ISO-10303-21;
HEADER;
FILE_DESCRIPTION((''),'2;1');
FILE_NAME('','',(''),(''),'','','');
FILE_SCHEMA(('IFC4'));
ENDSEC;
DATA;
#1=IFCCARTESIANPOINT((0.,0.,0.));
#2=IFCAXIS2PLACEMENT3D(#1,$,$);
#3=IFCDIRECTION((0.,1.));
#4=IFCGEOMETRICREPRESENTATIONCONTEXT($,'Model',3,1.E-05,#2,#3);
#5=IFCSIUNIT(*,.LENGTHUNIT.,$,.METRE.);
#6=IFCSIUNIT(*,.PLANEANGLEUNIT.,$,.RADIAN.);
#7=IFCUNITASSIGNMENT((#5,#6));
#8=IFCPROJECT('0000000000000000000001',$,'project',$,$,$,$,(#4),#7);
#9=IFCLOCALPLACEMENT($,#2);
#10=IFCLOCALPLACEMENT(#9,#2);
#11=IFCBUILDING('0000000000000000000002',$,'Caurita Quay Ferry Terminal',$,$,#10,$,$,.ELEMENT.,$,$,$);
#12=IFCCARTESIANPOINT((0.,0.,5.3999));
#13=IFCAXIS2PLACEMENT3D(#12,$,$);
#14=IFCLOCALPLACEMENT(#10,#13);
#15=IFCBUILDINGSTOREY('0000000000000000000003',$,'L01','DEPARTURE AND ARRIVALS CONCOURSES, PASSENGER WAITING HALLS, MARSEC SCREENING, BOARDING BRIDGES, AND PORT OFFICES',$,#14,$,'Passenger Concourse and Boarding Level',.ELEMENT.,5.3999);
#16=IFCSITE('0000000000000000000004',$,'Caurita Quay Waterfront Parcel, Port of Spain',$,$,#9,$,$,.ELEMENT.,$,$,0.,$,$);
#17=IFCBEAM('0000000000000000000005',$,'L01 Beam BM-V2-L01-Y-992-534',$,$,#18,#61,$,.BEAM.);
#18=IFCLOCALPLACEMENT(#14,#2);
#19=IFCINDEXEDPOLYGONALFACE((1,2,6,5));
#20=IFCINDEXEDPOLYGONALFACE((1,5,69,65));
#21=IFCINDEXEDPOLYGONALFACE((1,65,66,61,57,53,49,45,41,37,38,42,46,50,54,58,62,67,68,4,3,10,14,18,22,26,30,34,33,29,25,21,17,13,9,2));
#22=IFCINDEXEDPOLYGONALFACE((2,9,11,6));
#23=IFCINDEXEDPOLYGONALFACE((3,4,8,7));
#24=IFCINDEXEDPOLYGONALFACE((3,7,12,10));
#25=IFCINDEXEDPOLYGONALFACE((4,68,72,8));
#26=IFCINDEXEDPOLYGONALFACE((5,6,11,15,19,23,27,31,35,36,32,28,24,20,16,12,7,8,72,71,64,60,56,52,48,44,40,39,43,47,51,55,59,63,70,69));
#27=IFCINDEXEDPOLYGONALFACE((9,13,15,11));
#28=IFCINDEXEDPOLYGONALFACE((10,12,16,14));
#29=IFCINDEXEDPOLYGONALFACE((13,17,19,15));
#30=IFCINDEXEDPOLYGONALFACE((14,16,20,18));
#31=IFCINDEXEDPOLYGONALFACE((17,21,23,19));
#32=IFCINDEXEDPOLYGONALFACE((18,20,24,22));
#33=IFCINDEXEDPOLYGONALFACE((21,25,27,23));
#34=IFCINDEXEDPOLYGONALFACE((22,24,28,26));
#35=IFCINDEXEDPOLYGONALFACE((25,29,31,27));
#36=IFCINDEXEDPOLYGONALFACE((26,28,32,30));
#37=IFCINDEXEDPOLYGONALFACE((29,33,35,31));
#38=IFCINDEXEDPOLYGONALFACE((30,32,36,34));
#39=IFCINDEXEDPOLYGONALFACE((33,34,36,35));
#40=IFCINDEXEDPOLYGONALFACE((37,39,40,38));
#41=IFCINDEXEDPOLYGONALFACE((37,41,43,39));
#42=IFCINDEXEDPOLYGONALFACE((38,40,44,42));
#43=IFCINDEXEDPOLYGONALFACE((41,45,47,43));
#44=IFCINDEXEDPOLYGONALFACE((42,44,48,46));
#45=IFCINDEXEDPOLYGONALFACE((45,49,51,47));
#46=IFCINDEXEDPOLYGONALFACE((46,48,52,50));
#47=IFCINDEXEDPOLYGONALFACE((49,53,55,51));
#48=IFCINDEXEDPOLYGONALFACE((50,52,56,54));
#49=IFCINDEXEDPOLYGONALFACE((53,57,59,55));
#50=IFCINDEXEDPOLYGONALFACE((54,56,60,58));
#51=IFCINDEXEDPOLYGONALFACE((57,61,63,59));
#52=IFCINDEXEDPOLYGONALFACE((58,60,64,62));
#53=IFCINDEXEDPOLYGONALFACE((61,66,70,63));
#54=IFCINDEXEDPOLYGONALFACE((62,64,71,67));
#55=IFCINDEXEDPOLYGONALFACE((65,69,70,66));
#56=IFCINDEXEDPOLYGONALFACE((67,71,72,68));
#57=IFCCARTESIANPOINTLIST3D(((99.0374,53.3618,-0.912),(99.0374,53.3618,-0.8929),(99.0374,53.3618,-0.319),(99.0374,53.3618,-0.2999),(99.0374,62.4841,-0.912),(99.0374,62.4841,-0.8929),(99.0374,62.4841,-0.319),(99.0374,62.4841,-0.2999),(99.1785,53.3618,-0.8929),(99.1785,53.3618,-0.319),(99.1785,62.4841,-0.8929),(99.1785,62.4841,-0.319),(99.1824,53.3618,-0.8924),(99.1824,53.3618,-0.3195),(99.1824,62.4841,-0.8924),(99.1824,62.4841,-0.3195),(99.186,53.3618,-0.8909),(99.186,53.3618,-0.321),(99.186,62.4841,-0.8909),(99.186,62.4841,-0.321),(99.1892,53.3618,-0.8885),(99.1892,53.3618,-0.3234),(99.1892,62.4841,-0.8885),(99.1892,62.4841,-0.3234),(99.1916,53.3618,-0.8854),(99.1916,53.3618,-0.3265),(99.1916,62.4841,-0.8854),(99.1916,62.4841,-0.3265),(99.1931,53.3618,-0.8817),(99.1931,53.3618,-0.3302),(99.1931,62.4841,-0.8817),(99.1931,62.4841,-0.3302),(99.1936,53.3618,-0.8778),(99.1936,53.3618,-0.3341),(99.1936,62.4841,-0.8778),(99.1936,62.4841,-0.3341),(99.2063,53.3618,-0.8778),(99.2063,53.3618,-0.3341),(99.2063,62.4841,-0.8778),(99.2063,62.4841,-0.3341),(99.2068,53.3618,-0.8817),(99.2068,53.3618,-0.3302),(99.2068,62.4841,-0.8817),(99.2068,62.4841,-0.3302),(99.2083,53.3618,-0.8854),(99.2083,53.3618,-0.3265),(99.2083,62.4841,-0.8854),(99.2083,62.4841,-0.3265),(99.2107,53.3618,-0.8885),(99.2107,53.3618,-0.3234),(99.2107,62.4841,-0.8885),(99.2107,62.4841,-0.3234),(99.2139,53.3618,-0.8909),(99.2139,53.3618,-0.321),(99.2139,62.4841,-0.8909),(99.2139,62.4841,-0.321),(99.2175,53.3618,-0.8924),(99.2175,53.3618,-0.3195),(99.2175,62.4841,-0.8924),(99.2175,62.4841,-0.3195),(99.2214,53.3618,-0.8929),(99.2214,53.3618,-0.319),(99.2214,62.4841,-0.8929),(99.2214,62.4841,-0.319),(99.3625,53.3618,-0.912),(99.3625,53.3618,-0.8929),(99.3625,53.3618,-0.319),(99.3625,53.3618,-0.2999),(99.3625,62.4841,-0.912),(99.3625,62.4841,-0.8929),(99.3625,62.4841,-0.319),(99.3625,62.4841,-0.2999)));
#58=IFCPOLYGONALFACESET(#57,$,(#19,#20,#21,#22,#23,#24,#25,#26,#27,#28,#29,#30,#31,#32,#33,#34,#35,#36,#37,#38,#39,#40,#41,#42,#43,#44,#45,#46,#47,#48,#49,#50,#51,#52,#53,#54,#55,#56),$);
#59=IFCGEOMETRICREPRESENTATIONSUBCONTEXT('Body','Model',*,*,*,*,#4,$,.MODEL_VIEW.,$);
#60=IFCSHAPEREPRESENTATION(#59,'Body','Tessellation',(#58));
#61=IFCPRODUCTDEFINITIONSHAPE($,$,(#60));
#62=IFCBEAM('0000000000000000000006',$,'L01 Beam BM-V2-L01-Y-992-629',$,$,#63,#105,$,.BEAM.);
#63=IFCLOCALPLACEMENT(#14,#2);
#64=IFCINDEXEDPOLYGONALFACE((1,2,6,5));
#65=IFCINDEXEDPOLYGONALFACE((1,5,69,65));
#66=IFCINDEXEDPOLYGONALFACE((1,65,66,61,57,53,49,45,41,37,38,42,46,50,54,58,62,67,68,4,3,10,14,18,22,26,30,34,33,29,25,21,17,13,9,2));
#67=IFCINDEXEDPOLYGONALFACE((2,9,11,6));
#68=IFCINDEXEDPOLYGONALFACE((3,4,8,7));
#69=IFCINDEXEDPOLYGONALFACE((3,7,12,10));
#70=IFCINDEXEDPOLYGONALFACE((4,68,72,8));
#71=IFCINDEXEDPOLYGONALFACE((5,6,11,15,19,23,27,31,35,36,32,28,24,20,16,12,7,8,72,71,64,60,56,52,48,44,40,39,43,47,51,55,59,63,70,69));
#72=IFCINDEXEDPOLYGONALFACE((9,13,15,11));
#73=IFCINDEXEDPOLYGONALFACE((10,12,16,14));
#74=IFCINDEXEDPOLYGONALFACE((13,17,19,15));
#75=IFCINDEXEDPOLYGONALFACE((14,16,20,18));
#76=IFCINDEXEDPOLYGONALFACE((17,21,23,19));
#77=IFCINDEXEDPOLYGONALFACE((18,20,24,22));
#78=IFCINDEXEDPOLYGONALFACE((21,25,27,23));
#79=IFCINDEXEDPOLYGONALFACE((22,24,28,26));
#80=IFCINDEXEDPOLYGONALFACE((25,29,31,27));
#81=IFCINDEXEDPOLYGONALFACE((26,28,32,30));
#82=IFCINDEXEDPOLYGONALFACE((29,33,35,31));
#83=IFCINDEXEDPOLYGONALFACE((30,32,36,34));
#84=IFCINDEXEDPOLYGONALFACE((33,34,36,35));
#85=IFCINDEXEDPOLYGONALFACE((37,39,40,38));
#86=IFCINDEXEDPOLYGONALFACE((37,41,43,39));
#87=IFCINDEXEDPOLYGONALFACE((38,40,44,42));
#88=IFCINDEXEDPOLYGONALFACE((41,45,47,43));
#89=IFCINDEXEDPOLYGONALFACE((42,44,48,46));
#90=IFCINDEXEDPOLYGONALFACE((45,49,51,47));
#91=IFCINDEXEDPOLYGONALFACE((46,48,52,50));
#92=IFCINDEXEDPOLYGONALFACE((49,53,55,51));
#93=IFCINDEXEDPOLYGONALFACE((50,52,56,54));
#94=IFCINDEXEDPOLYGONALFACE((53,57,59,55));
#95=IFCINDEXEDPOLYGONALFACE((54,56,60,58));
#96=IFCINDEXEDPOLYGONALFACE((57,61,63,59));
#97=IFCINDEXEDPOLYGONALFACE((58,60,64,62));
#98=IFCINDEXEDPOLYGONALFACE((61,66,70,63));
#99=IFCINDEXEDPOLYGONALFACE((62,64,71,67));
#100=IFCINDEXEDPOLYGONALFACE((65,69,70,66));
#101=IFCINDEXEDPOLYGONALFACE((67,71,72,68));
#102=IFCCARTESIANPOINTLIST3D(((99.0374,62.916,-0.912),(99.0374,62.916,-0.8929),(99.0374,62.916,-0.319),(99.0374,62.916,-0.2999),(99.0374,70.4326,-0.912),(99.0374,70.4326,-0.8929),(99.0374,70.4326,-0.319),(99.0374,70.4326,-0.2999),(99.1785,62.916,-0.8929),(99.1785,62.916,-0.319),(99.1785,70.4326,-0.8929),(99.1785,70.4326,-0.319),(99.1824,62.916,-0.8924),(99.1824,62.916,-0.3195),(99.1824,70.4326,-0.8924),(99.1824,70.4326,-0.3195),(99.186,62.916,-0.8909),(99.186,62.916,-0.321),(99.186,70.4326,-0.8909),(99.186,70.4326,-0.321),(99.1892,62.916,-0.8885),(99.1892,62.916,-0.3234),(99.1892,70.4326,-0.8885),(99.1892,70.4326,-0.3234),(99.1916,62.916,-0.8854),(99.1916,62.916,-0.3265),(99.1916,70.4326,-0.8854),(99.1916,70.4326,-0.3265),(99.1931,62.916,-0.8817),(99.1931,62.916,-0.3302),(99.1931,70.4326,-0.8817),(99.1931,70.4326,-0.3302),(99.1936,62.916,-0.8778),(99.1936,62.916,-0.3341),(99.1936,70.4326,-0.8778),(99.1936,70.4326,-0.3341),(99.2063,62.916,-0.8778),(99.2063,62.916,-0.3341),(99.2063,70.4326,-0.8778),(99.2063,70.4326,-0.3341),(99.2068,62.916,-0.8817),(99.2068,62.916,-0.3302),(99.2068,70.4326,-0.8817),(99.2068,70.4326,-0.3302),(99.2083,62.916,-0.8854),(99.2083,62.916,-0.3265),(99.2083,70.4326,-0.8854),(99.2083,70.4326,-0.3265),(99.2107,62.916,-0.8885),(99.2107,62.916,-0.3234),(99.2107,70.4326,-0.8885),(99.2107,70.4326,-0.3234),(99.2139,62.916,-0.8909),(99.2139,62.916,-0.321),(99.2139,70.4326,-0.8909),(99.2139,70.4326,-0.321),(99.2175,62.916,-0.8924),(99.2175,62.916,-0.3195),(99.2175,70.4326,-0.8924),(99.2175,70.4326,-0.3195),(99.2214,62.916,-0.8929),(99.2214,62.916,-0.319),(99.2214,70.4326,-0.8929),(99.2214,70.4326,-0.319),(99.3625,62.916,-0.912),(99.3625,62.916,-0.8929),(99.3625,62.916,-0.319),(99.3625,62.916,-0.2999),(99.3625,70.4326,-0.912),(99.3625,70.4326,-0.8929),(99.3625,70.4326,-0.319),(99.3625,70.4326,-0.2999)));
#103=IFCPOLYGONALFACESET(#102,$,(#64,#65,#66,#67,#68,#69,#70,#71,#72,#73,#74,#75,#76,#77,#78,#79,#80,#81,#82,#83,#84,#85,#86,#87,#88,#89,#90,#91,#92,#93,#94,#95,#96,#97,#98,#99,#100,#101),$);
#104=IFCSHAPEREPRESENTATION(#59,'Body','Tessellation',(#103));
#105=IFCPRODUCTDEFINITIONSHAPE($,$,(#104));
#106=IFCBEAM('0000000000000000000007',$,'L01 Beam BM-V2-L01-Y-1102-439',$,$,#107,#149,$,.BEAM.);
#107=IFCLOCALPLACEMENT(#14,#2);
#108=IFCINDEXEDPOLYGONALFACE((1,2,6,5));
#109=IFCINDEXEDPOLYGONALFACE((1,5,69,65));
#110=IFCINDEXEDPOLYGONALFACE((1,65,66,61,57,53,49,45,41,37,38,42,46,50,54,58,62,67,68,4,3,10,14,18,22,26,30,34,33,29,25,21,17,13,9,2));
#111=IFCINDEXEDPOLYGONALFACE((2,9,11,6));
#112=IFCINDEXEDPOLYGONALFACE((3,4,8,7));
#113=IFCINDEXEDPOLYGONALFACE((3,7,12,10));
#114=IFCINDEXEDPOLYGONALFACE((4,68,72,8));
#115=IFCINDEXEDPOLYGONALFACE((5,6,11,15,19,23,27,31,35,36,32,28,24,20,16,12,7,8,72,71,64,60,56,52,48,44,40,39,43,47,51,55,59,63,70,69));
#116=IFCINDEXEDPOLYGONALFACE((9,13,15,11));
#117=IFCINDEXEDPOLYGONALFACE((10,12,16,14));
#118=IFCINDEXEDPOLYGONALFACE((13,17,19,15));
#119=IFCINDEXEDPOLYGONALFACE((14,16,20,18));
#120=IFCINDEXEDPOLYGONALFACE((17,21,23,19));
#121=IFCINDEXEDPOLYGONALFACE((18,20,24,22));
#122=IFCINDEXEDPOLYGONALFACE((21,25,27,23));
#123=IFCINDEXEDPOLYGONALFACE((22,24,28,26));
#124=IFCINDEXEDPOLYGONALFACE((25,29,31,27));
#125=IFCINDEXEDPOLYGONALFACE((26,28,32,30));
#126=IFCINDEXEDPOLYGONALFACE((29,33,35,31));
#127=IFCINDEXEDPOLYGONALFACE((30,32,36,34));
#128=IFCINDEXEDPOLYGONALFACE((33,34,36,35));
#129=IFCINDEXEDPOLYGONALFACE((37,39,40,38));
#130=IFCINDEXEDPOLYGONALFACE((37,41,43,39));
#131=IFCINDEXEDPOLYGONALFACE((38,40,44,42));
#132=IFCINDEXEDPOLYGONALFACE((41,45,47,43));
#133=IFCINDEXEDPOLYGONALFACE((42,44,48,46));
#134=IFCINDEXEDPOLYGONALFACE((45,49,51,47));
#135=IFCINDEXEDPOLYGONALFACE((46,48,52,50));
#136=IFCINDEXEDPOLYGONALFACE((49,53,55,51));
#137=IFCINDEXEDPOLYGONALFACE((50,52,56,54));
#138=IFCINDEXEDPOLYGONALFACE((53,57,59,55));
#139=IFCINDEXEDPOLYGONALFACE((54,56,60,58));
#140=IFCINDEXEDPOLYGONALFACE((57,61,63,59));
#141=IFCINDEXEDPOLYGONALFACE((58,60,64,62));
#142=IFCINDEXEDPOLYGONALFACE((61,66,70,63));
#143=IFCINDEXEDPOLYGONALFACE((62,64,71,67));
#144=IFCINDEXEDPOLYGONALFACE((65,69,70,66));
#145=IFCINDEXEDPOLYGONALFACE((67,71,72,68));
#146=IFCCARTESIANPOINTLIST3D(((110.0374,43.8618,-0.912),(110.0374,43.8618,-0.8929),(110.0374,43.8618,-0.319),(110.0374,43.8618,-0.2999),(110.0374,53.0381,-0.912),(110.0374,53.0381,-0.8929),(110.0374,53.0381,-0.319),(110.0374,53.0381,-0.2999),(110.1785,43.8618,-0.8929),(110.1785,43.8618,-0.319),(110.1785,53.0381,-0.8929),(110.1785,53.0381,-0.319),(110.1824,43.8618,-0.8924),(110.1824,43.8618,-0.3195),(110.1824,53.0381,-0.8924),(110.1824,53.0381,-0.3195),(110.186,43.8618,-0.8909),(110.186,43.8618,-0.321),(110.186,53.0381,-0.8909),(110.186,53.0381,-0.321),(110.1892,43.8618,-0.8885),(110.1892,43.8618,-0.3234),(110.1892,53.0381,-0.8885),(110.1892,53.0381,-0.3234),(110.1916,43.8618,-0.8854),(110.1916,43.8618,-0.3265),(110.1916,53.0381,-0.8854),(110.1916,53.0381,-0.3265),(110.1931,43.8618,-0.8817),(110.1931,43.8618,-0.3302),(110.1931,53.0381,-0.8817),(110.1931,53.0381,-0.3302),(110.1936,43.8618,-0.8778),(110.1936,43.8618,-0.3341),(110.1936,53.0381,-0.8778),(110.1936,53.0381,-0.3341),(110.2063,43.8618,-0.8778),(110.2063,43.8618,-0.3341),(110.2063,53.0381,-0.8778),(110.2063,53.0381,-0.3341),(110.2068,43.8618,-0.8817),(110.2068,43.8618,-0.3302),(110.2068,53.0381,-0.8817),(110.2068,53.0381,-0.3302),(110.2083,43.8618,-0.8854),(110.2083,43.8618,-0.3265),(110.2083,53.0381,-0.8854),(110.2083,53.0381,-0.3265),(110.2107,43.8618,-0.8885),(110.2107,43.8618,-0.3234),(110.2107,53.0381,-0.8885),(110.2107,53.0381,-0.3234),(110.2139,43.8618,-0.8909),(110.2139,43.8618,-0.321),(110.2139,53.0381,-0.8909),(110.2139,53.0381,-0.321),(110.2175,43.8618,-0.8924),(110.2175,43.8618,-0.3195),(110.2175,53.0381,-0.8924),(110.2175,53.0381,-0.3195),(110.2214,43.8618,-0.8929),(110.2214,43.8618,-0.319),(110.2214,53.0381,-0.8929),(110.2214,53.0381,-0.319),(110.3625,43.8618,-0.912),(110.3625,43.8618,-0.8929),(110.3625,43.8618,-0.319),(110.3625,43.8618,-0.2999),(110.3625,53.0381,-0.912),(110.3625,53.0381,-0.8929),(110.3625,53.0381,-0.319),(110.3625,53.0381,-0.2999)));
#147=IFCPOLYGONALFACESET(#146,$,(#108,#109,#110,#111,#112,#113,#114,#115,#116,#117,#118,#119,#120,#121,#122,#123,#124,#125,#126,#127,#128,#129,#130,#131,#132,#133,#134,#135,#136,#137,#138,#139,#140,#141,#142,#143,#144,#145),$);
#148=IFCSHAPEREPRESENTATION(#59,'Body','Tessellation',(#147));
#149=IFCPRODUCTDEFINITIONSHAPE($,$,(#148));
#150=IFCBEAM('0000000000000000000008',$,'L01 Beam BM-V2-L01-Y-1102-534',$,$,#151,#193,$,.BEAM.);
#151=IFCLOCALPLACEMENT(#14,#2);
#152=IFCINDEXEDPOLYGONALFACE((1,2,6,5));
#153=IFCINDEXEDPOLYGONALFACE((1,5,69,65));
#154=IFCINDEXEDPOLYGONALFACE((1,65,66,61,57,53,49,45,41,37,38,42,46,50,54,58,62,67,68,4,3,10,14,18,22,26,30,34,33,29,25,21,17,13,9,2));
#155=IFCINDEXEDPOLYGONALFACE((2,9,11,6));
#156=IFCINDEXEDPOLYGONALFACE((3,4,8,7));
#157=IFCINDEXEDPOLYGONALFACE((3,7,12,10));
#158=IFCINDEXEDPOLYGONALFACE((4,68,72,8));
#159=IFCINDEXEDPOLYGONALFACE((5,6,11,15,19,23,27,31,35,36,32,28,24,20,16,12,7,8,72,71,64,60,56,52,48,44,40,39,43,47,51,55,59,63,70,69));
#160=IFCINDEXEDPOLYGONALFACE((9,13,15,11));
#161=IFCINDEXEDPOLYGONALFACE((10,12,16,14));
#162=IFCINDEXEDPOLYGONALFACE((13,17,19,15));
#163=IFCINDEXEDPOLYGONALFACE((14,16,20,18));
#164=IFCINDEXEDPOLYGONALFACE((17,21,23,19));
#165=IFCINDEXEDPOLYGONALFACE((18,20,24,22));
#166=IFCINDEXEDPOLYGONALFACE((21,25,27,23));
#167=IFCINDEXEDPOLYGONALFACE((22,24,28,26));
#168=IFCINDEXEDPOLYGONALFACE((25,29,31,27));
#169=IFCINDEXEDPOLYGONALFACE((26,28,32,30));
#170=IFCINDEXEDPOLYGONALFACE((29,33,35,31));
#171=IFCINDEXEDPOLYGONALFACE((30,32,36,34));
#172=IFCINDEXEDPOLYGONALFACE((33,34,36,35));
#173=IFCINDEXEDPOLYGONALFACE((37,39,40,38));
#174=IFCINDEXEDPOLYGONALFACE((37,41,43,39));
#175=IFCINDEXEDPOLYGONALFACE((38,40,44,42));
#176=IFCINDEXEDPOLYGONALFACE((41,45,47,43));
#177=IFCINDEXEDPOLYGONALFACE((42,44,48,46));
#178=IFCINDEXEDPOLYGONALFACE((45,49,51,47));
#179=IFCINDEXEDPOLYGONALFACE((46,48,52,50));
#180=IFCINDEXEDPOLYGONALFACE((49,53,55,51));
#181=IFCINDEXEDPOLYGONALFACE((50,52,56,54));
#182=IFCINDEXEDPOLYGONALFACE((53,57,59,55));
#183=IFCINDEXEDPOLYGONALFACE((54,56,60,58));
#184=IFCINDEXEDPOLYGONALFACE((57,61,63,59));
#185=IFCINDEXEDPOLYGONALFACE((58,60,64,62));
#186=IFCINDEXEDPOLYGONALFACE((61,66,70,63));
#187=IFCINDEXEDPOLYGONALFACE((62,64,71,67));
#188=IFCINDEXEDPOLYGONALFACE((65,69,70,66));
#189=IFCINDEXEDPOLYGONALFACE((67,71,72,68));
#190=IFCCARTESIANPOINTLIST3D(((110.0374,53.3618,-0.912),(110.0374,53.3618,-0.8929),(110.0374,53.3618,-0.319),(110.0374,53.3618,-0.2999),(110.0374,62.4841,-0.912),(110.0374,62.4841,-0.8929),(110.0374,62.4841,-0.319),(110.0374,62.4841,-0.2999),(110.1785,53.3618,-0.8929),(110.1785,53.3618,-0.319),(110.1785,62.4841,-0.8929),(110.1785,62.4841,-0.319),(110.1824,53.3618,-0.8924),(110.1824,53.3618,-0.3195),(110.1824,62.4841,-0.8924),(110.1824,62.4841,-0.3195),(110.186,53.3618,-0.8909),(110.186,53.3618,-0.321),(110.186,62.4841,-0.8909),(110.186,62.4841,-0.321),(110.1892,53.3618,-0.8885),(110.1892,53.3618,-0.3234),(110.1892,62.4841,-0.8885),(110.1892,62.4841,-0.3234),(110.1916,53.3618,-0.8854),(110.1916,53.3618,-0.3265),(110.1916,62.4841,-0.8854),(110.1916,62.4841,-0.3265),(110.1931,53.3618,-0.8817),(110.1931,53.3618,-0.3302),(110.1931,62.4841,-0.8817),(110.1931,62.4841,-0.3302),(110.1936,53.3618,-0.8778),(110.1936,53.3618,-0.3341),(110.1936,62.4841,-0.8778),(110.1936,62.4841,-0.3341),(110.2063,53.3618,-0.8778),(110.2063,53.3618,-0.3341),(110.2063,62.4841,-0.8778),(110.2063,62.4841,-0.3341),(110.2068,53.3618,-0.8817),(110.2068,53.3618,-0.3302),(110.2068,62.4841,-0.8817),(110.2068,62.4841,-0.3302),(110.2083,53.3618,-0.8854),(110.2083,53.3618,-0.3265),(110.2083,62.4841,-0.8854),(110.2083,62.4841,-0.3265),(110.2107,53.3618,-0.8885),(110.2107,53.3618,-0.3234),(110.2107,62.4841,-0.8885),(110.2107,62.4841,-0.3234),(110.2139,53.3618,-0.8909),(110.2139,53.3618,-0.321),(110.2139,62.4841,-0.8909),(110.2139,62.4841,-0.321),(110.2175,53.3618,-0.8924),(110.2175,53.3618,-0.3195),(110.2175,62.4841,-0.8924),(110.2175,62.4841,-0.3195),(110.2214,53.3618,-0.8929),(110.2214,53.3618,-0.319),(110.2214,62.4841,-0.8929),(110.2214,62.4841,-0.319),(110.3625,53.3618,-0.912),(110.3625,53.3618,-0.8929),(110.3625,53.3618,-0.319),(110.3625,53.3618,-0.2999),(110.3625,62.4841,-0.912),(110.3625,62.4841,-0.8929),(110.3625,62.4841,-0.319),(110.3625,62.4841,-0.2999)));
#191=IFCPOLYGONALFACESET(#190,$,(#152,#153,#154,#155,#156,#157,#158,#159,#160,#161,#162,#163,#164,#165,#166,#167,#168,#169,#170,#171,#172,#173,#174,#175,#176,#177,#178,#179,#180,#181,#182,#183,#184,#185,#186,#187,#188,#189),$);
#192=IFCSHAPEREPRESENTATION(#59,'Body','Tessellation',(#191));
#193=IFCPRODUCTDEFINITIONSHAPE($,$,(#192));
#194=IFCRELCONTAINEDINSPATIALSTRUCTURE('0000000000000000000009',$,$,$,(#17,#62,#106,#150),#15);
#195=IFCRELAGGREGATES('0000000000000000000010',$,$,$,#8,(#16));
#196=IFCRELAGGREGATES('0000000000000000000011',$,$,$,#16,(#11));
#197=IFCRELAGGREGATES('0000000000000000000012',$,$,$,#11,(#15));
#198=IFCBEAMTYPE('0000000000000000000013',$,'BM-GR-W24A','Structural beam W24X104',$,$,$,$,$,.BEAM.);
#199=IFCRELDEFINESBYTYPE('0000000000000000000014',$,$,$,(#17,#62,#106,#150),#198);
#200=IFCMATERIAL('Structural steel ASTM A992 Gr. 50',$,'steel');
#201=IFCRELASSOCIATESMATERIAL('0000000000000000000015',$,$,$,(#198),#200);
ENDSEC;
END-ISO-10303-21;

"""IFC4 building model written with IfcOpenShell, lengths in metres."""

from ifc_helpers import new_model, si_unit, direction, frame, origin, origin_2d, place, context, subcontext, project, spatial, i_section, extrude, material, material_profile, profile_set, type_object, element, save


model = new_model("IFC4")

# Units and contexts
model_context = context("Model", 3, precision=1e-05, world=origin(), true_north=direction((0.0, 1.0)))
body_context = subcontext(model_context, "Body", "Model", "MODEL_VIEW")
ifc_project = project(units=[si_unit("LENGTHUNIT", "METRE"), si_unit("PLANEANGLEUNIT", "RADIAN")], contexts=[model_context])

# Site, building, storey
site_placement = place(None, origin())
site = spatial("IfcSite", under=ifc_project, at=site_placement, Name="Caurita Quay Waterfront Parcel, Port of Spain", CompositionType="ELEMENT", RefElevation=0.0)
building_placement = place(site_placement, origin())
building = spatial("IfcBuilding", under=site, at=building_placement, Name="Caurita Quay Ferry Terminal", CompositionType="ELEMENT")
storey_placement = place(building_placement, frame((0.0, 0.0, 5.3999)))
storey = spatial("IfcBuildingStorey", under=building, at=storey_placement, Name="L01", Description="DEPARTURE AND ARRIVALS CONCOURSES, PASSENGER WAITING HALLS, MARSEC SCREENING, BOARDING BRIDGES, AND PORT OFFICES", LongName="Passenger Concourse and Boarding Level", CompositionType="ELEMENT", Elevation=5.3999)

# Beams
ifc_material_1 = material(Name="Structural steel ASTM A992 Gr. 50", Category="steel")
ifc_material_profile_1 = material_profile(ifc_material_1, i_section(OverallWidth=0.3252, OverallDepth=0.6121, WebThickness=0.0127, FlangeThickness=0.019, FilletRadius=0.0151, at=origin_2d()), Name="W24X104")
ifc_profile_set_1 = profile_set([ifc_material_profile_1], Name="Structural steel ASTM A992 Gr. 50")
beam_type_1 = type_object("IfcBeamType", Name="BM-GR-W24A", Description="Structural beam W24X104", PredefinedType="BEAM", material=ifc_profile_set_1)
beam_1_placement = place(storey_placement, frame((99.2, 53.3618, -0.606), z_axis=(0.0, 1.0, 0.0), x_axis=(-1.0, 0.0, 0.0)))
element("IfcBeam", 1, at=beam_1_placement, inside=storey, type_object=beam_type_1, Name="L01 Beam BM-V2-L01-Y-992-534", PredefinedType="BEAM", context=body_context, shape_type="SweptSolid", body=[
    extrude(i_section(OverallWidth=0.3252, OverallDepth=0.6121, WebThickness=0.0127, FlangeThickness=0.019, FilletRadius=0.0151, at=origin_2d()), origin(), (0.0, 0.0, 1.0), 9.1223),
])
beam_2_placement = place(storey_placement, frame((99.2, 62.916, -0.606), z_axis=(0.0, 1.0, 0.0), x_axis=(-1.0, 0.0, 0.0)))
element("IfcBeam", 2, at=beam_2_placement, inside=storey, type_object=beam_type_1, Name="L01 Beam BM-V2-L01-Y-992-629", PredefinedType="BEAM", context=body_context, shape_type="SweptSolid", body=[
    extrude(i_section(OverallWidth=0.3252, OverallDepth=0.6121, WebThickness=0.0127, FlangeThickness=0.019, FilletRadius=0.0151, at=origin_2d()), origin(), (0.0, 0.0, 1.0), 7.5166),
])
beam_3_placement = place(storey_placement, frame((110.2, 43.8618, -0.606), z_axis=(0.0, 1.0, 0.0), x_axis=(-1.0, 0.0, 0.0)))
element("IfcBeam", 3, at=beam_3_placement, inside=storey, type_object=beam_type_1, Name="L01 Beam BM-V2-L01-Y-1102-439", PredefinedType="BEAM", context=body_context, shape_type="SweptSolid", body=[
    extrude(i_section(OverallWidth=0.3252, OverallDepth=0.6121, WebThickness=0.0127, FlangeThickness=0.019, FilletRadius=0.0151, at=origin_2d()), origin(), (0.0, 0.0, 1.0), 9.1763),
])
beam_4_placement = place(storey_placement, frame((110.2, 53.3618, -0.606), z_axis=(0.0, 1.0, 0.0), x_axis=(-1.0, 0.0, 0.0)))
element("IfcBeam", 4, at=beam_4_placement, inside=storey, type_object=beam_type_1, Name="L01 Beam BM-V2-L01-Y-1102-534", PredefinedType="BEAM", context=body_context, shape_type="SweptSolid", body=[
    extrude(i_section(OverallWidth=0.3252, OverallDepth=0.6121, WebThickness=0.0127, FlangeThickness=0.019, FilletRadius=0.0151, at=origin_2d()), origin(), (0.0, 0.0, 1.0), 9.1223),
])

save(model, "model.ifc")
